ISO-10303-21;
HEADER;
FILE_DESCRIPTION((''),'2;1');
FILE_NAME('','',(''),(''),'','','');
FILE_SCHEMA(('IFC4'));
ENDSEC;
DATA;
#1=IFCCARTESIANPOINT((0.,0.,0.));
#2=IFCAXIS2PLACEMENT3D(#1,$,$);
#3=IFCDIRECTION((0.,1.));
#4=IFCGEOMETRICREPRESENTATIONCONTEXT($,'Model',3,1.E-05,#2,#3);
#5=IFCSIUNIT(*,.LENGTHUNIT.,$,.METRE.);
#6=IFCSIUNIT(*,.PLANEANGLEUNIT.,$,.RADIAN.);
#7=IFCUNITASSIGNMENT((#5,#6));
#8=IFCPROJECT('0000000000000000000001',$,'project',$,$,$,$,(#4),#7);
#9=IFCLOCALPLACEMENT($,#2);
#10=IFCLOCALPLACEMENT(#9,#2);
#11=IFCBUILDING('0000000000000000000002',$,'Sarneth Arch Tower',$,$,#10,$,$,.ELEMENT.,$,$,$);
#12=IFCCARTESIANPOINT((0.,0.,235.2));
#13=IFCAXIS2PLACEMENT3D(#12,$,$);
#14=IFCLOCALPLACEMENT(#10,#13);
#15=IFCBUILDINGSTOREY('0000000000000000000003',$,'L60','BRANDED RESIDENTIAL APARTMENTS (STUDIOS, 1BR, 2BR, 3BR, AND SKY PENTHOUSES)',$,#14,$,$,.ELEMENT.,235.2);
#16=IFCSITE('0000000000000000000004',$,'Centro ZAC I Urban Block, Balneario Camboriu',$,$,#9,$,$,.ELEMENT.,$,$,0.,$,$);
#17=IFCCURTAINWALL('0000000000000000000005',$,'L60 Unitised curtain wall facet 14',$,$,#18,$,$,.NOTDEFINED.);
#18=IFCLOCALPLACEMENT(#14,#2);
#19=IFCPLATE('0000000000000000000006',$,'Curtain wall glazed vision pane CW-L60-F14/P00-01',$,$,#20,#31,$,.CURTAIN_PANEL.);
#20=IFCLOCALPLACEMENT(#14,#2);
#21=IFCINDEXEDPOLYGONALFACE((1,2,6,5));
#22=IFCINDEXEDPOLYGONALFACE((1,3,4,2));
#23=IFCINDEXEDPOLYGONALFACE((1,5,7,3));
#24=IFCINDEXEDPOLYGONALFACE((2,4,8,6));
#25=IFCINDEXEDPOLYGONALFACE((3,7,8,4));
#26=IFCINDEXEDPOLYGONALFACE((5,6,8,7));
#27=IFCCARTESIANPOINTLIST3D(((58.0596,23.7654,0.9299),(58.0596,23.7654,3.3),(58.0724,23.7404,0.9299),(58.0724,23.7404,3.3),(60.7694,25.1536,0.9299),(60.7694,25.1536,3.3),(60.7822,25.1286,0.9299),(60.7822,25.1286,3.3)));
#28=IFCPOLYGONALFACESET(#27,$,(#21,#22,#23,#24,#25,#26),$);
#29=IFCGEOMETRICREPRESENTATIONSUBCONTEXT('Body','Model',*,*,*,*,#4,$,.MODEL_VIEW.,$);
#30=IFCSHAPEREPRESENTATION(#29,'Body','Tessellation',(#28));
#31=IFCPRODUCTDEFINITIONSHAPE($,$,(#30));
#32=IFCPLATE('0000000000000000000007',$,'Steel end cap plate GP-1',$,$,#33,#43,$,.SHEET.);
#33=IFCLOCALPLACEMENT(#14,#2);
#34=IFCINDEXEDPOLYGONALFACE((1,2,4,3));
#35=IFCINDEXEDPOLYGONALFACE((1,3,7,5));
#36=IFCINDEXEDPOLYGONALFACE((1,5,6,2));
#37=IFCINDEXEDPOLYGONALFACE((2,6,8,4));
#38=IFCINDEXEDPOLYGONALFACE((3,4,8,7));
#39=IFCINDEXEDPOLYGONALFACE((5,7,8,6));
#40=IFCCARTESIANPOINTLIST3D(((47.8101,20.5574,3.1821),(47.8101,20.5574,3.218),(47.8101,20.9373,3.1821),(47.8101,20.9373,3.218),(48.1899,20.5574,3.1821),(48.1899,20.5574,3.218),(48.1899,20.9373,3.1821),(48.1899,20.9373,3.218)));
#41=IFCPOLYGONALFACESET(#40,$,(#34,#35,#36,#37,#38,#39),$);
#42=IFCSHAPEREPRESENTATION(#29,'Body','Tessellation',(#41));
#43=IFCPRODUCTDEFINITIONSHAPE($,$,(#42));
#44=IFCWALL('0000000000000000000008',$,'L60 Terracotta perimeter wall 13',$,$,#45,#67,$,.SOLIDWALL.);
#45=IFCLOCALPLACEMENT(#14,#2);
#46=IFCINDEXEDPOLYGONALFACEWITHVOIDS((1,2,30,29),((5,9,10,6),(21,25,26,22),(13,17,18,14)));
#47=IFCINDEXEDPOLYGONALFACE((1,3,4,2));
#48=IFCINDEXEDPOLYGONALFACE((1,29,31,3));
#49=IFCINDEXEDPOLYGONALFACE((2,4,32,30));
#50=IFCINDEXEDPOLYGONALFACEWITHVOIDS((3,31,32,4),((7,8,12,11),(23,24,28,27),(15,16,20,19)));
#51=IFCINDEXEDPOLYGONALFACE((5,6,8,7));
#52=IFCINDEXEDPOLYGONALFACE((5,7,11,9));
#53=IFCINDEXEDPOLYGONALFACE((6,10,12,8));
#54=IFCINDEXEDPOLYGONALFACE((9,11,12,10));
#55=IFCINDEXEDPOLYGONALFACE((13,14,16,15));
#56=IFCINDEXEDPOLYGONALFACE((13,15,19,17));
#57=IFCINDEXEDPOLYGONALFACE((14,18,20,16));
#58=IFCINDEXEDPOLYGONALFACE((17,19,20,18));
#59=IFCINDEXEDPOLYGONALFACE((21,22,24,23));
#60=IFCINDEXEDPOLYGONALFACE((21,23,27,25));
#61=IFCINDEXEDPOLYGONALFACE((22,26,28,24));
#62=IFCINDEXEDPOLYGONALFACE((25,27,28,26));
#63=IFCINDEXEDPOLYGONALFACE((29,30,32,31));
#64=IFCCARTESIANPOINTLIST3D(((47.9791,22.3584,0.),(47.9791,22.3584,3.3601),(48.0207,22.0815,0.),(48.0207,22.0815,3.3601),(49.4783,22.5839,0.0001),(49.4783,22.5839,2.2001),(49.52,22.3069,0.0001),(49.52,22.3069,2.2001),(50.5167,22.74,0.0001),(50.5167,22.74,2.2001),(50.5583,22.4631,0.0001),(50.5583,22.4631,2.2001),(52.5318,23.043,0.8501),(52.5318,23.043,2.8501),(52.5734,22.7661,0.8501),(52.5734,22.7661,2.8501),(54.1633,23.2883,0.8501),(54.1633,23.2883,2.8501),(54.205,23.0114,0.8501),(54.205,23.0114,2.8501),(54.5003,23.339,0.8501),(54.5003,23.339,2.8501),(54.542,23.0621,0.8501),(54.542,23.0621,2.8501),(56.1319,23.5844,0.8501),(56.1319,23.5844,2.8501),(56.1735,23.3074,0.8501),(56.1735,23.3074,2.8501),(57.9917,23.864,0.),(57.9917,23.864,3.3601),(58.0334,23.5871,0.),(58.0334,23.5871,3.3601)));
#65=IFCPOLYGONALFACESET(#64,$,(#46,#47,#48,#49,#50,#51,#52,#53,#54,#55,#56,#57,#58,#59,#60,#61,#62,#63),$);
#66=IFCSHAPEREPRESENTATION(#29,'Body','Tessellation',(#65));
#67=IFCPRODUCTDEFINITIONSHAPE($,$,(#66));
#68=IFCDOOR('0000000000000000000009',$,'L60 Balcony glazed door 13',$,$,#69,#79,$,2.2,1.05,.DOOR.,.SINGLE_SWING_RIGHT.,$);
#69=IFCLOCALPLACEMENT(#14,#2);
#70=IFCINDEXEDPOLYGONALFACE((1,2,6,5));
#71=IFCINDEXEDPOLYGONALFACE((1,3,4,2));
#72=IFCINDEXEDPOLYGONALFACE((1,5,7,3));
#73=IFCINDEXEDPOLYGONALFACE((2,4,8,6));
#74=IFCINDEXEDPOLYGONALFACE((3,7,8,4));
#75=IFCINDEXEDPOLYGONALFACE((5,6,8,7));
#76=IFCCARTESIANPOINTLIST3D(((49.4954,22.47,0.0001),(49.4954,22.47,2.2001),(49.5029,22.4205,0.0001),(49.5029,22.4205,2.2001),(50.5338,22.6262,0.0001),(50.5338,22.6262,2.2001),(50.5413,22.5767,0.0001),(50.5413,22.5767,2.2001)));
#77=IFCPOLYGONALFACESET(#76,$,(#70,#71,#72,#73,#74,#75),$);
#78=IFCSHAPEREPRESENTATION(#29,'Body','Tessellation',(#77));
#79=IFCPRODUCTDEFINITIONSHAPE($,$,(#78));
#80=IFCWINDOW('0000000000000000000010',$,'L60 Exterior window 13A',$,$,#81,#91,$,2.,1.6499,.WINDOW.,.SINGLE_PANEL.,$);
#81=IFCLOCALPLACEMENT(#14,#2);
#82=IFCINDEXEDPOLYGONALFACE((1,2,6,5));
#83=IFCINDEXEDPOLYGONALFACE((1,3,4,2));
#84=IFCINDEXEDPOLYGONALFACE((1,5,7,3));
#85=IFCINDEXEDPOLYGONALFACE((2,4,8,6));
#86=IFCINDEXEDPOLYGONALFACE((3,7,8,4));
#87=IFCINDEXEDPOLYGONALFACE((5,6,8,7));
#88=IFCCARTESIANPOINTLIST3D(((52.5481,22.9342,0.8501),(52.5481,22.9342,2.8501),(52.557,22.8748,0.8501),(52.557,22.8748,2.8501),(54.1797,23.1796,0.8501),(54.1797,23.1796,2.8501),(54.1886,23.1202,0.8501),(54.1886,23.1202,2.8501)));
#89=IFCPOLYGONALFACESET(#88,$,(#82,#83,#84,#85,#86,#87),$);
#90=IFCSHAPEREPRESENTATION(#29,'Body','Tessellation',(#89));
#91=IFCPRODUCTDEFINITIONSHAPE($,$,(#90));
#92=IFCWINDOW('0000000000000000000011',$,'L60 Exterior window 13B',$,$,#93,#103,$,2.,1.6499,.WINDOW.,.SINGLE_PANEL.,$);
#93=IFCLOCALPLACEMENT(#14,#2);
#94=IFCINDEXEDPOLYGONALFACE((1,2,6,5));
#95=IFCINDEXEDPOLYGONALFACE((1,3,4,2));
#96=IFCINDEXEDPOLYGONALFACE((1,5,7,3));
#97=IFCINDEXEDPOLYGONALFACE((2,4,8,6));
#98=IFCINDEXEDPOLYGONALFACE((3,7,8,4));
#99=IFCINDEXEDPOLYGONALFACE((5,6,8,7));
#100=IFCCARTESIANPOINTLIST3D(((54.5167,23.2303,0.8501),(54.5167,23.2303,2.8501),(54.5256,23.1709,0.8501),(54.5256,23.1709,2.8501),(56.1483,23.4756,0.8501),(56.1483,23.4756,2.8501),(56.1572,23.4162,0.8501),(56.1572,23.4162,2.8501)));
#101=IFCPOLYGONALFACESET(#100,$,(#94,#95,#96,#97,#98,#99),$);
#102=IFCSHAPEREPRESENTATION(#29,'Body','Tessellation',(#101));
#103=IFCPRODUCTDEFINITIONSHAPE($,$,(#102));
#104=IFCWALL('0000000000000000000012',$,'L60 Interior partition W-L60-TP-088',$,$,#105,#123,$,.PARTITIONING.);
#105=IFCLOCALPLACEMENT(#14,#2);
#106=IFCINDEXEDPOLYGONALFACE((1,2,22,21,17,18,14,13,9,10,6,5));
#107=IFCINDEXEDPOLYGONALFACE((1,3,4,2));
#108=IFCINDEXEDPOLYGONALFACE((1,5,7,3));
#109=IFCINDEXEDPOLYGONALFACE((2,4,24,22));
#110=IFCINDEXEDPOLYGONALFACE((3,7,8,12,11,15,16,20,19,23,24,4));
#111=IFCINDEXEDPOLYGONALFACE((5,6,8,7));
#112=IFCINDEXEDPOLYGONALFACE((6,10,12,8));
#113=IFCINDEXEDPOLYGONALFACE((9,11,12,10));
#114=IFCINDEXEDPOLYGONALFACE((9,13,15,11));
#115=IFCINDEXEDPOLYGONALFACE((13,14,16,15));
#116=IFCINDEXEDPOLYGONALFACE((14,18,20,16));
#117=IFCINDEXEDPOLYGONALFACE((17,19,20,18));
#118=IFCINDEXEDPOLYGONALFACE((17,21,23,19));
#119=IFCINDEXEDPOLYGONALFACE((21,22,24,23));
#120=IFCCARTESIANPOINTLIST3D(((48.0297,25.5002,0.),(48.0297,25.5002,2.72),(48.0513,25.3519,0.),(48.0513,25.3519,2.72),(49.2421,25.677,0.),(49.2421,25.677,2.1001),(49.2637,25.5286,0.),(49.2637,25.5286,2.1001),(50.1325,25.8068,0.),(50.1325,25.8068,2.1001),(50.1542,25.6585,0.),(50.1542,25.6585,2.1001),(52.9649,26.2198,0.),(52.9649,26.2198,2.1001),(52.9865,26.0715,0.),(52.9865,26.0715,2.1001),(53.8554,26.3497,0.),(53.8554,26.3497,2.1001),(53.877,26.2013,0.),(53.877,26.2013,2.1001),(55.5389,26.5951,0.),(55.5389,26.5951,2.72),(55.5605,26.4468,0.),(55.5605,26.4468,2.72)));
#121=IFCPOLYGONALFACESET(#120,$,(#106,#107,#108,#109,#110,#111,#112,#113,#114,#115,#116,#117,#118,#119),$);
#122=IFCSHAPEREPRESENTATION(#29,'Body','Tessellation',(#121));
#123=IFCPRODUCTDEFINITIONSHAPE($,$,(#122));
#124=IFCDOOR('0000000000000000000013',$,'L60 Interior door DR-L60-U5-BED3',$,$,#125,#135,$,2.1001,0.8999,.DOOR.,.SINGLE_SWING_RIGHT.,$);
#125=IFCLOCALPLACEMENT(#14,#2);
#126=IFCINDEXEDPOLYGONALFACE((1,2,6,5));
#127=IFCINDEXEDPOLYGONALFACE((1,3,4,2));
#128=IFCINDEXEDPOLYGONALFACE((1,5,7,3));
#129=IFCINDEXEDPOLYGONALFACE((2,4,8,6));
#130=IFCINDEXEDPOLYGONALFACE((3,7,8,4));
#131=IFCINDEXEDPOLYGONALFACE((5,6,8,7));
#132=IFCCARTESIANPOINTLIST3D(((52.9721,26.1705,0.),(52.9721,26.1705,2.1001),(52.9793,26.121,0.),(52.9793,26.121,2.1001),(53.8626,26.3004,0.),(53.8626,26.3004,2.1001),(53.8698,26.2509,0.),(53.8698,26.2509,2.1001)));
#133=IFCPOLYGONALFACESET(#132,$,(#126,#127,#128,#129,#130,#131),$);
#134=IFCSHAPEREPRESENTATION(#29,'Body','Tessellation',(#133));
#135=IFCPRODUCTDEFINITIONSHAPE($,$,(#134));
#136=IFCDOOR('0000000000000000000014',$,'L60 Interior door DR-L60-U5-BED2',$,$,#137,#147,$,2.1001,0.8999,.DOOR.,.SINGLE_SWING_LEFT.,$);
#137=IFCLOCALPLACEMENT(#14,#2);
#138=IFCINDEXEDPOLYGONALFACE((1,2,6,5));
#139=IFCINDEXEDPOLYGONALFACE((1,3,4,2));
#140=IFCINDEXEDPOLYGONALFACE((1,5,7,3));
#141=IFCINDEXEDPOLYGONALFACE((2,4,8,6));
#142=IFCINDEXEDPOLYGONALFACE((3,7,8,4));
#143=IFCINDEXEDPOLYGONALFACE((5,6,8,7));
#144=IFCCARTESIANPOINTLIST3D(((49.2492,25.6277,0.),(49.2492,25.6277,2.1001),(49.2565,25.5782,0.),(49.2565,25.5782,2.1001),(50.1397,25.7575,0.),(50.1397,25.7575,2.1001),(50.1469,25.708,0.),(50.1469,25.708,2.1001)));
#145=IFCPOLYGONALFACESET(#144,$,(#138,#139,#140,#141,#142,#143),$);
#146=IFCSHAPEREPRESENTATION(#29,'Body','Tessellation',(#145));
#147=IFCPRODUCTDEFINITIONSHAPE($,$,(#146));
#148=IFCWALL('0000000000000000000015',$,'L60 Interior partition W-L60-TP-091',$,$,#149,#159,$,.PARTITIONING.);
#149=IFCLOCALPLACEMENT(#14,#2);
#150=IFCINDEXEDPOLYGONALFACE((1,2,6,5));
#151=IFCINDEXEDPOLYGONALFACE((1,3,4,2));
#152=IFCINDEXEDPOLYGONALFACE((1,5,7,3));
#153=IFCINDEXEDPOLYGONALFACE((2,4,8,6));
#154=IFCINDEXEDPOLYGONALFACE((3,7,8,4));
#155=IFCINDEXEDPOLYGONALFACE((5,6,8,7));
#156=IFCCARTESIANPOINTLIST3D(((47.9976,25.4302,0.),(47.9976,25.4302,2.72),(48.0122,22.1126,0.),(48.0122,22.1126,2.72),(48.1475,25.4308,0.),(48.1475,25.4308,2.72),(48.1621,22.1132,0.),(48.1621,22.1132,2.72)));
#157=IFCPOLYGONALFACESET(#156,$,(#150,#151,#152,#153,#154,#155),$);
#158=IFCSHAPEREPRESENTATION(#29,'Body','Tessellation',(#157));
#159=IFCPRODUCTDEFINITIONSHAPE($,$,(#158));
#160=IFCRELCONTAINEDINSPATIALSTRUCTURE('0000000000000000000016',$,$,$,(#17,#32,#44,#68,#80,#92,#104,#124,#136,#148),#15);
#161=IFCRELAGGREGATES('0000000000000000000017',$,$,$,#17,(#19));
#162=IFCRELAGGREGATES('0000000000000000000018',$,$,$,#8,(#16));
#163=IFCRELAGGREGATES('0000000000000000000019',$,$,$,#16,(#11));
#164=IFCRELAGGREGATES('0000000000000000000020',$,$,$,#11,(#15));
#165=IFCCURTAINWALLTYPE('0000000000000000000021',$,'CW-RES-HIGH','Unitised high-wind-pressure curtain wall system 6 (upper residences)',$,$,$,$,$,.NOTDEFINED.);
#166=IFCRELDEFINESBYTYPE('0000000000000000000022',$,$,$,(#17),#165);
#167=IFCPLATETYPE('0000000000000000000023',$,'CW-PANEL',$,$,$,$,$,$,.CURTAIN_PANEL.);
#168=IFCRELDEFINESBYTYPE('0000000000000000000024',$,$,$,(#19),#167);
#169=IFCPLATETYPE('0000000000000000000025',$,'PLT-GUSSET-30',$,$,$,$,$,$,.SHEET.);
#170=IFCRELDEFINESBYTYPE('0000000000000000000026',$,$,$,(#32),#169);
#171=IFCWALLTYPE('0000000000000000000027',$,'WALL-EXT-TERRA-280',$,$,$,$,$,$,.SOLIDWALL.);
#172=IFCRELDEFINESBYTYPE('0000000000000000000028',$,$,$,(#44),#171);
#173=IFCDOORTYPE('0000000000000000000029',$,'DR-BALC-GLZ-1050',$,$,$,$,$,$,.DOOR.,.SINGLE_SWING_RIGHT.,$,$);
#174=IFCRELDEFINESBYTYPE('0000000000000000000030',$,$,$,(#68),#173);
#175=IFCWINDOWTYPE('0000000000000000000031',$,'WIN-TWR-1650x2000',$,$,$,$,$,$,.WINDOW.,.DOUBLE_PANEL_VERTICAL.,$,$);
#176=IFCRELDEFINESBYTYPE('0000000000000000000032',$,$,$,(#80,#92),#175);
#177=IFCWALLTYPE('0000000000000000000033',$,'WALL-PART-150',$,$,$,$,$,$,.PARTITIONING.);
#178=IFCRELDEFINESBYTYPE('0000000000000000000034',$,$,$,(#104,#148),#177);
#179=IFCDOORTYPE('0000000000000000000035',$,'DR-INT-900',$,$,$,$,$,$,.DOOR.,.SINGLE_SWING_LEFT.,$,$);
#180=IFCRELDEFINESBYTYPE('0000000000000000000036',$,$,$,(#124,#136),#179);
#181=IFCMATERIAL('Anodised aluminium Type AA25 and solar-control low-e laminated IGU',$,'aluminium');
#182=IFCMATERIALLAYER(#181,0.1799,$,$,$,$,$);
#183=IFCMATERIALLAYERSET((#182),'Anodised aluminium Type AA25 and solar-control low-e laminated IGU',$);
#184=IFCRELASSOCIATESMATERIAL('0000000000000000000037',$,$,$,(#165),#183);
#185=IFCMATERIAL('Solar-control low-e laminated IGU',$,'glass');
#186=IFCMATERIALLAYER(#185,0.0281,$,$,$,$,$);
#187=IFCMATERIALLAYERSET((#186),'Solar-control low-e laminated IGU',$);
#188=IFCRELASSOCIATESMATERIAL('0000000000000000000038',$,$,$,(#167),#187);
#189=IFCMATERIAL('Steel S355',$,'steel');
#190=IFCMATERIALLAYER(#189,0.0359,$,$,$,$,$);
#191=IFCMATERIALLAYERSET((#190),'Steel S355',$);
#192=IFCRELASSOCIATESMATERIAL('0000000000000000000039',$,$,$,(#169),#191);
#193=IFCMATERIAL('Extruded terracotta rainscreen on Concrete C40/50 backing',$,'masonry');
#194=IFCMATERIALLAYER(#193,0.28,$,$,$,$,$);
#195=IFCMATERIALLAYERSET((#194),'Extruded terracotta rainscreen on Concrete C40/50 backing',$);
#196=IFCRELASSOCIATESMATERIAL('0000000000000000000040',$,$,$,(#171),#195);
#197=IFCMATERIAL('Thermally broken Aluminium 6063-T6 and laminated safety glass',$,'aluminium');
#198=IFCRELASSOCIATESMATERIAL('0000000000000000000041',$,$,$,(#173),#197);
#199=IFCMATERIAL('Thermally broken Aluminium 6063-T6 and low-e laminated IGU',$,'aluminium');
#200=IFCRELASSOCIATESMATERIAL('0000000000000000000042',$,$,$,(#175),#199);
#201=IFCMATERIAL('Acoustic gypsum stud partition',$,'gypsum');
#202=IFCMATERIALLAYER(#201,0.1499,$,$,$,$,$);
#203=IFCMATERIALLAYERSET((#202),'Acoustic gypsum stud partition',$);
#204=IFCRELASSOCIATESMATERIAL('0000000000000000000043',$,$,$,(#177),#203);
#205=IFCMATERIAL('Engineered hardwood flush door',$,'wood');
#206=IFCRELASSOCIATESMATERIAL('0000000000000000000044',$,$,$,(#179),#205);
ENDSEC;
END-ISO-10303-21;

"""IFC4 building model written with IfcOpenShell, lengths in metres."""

from ifc_helpers import new_model, si_unit, direction, frame, frame_2d, origin, origin_2d, place, context, subcontext, project, spatial, rectangle, extrude, material, layer, layer_set, type_object, element, fill, aggregate, save


model = new_model("IFC4")

# Units and contexts
model_context = context("Model", 3, precision=1e-05, world=origin(), true_north=direction((0.0, 1.0)))
body_context = subcontext(model_context, "Body", "Model", "MODEL_VIEW")
ifc_project = project(units=[si_unit("LENGTHUNIT", "METRE"), si_unit("PLANEANGLEUNIT", "RADIAN")], contexts=[model_context])

# Site, building, storey
site_placement = place(None, origin())
site = spatial("IfcSite", under=ifc_project, at=site_placement, Name="Centro ZAC I Urban Block, Balneario Camboriu", CompositionType="ELEMENT", RefElevation=0.0)
building_placement = place(site_placement, origin())
building = spatial("IfcBuilding", under=site, at=building_placement, Name="Sarneth Arch Tower", CompositionType="ELEMENT")
storey_placement = place(building_placement, frame((0.0, 0.0, 235.2)))
storey = spatial("IfcBuildingStorey", under=building, at=storey_placement, Name="L60", Description="BRANDED RESIDENTIAL APARTMENTS (STUDIOS, 1BR, 2BR, 3BR, AND SKY PENTHOUSES)", CompositionType="ELEMENT", Elevation=235.2)

# Curtain wall, plate
ifc_material_1 = material(Name="Anodised aluminium Type AA25 and solar-control low-e laminated IGU", Category="aluminium")
ifc_layer_1 = layer(ifc_material_1, 0.1799)
ifc_layer_set_1 = layer_set([ifc_layer_1], Name="Anodised aluminium Type AA25 and solar-control low-e laminated IGU")
curtain_wall_type = type_object("IfcCurtainWallType", Name="CW-RES-HIGH", Description="Unitised high-wind-pressure curtain wall system 6 (upper residences)", PredefinedType="NOTDEFINED", material=ifc_layer_set_1)
curtain_wall_placement = place(storey_placement, origin())
curtain_wall = element("IfcCurtainWall", 1, at=curtain_wall_placement, inside=storey, type_object=curtain_wall_type, Name="L60 Unitised curtain wall facet 14", PredefinedType="NOTDEFINED")
ifc_material_2 = material(Name="Solar-control low-e laminated IGU", Category="glass")
ifc_layer_2 = layer(ifc_material_2, 0.0281)
ifc_layer_set_2 = layer_set([ifc_layer_2], Name="Solar-control low-e laminated IGU")
plate_type_1 = type_object("IfcPlateType", Name="CW-PANEL", PredefinedType="CURTAIN_PANEL", material=ifc_layer_set_2)
plate_1_placement = place(storey_placement, frame((59.4209, 24.447, 0.9299), z_axis=(0.0, 0.0, 1.0), x_axis=(0.89001, 0.455942, 0.0)))
plate_1 = element("IfcPlate", 2, at=plate_1_placement, type_object=plate_type_1, Name="Curtain wall glazed vision pane CW-L60-F14/P00-01", PredefinedType="CURTAIN_PANEL", context=body_context, shape_type="SweptSolid", body=[
    extrude(rectangle(XDim=3.0447, YDim=0.0281, at=origin_2d()), origin(), (0.0, 0.0, 1.0), 2.3701),
])
aggregate(curtain_wall, [plate_1])

# Plate
ifc_material_3 = material(Name="Steel S355", Category="steel")
ifc_layer_3 = layer(ifc_material_3, 0.0359)
ifc_layer_set_3 = layer_set([ifc_layer_3], Name="Steel S355")
plate_type_2 = type_object("IfcPlateType", Name="PLT-GUSSET-30", PredefinedType="SHEET", material=ifc_layer_set_3)
plate_2_placement = place(storey_placement, frame((48.0, 20.7473, 3.1821), z_axis=(0.0, 0.0, 1.0), x_axis=(0.0, -1.0, 0.0)))
element("IfcPlate", 3, at=plate_2_placement, inside=storey, type_object=plate_type_2, Name="Steel end cap plate GP-1", PredefinedType="SHEET", context=body_context, shape_type="SweptSolid", body=[
    extrude(rectangle(XDim=0.3799, YDim=0.3799, at=origin_2d()), origin(), (0.0, 0.0, 1.0), 0.0359),
])

# Wall, openings, door, windows
ifc_material_4 = material(Name="Extruded terracotta rainscreen on Concrete C40/50 backing", Category="masonry")
ifc_layer_4 = layer(ifc_material_4, 0.28)
ifc_layer_set_4 = layer_set([ifc_layer_4], Name="Extruded terracotta rainscreen on Concrete C40/50 backing")
wall_type_1 = type_object("IfcWallType", Name="WALL-EXT-TERRA-280", PredefinedType="SOLIDWALL", material=ifc_layer_set_4)
wall_1_placement = place(storey_placement, frame((48.0, 22.22, 0.0), z_axis=(0.0, 0.0, 1.0), x_axis=(0.988883, 0.148699, 0.0)))
wall_1 = element("IfcWall", 4, at=wall_1_placement, inside=storey, type_object=wall_type_1, Name="L60 Terracotta perimeter wall 13", PredefinedType="SOLIDWALL", context=body_context, shape_type="SweptSolid", body=[
    extrude(rectangle(XDim=10.1252, YDim=0.28, at=frame_2d((5.0625, 0.0))), origin(), (0.0, 0.0, 1.0), 3.3601),
])
opening_1_placement = place(wall_1_placement, frame((1.5161, 0.0, 0.0)))
opening_1 = element("IfcOpeningElement", 5, at=opening_1_placement, cuts=wall_1, PredefinedType="OPENING", context=body_context, shape_type="SweptSolid", body=[
    extrude(rectangle(XDim=1.05, YDim=2.2, at=frame_2d((0.5249, 1.1001))), frame((0.0, 0.1499, 0.0), z_axis=(0.0, -1.0, 0.0), x_axis=(1.0, 0.0, 0.0)), (0.0, 0.0, 1.0), 0.3),
])
opening_2_placement = place(wall_1_placement, frame((4.6038, 0.0, 0.8501)))
opening_2 = element("IfcOpeningElement", 6, at=opening_2_placement, cuts=wall_1, PredefinedType="OPENING", context=body_context, shape_type="SweptSolid", body=[
    extrude(rectangle(XDim=1.6499, YDim=2.0, at=frame_2d((0.825, 1.0))), frame((0.0, 0.1499, 0.0), z_axis=(0.0, -1.0, 0.0), x_axis=(1.0, 0.0, 0.0)), (0.0, 0.0, 1.0), 0.3),
])
opening_3_placement = place(wall_1_placement, frame((6.5945, 0.0, 0.8501)))
opening_3 = element("IfcOpeningElement", 7, at=opening_3_placement, cuts=wall_1, PredefinedType="OPENING", context=body_context, shape_type="SweptSolid", body=[
    extrude(rectangle(XDim=1.6499, YDim=2.0, at=frame_2d((0.825, 1.0))), frame((0.0, 0.1499, 0.0), z_axis=(0.0, -1.0, 0.0), x_axis=(1.0, 0.0, 0.0)), (0.0, 0.0, 1.0), 0.3),
])
ifc_material_5 = material(Name="Thermally broken Aluminium 6063-T6 and laminated safety glass", Category="aluminium")
door_type_1 = type_object("IfcDoorType", Name="DR-BALC-GLZ-1050", OperationType="SINGLE_SWING_RIGHT", PredefinedType="DOOR", material=ifc_material_5)
door_1_placement = place(opening_1_placement, origin())
door_1 = element("IfcDoor", 8, at=door_1_placement, inside=storey, type_object=door_type_1, Name="L60 Balcony glazed door 13", OperationType="SINGLE_SWING_RIGHT", OverallHeight=2.2, OverallWidth=1.05, PredefinedType="DOOR", context=body_context, shape_type="SweptSolid", body=[
    extrude(rectangle(XDim=1.05, YDim=2.2, at=frame_2d((0.5249, 1.1001))), frame((0.0, 0.0249, 0.0), z_axis=(0.0, -1.0, 0.0), x_axis=(1.0, 0.0, 0.0)), (0.0, 0.0, 1.0), 0.05),
])
fill(opening_1, door_1)
ifc_material_6 = material(Name="Thermally broken Aluminium 6063-T6 and low-e laminated IGU", Category="aluminium")
window_type = type_object("IfcWindowType", Name="WIN-TWR-1650x2000", PartitioningType="DOUBLE_PANEL_VERTICAL", PredefinedType="WINDOW", material=ifc_material_6)
window_1_placement = place(opening_2_placement, origin())
window_1 = element("IfcWindow", 9, at=window_1_placement, inside=storey, type_object=window_type, Name="L60 Exterior window 13A", OverallHeight=2.0, OverallWidth=1.6499, PartitioningType="SINGLE_PANEL", PredefinedType="WINDOW", context=body_context, shape_type="SweptSolid", body=[
    extrude(rectangle(XDim=1.6499, YDim=2.0, at=frame_2d((0.825, 1.0))), frame((0.0, 0.03, 0.0), z_axis=(0.0, -1.0, 0.0), x_axis=(1.0, 0.0, 0.0)), (0.0, 0.0, 1.0), 0.0601),
])
fill(opening_2, window_1)
window_2_placement = place(opening_3_placement, origin())
window_2 = element("IfcWindow", 10, at=window_2_placement, inside=storey, type_object=window_type, Name="L60 Exterior window 13B", OverallHeight=2.0, OverallWidth=1.6499, PartitioningType="SINGLE_PANEL", PredefinedType="WINDOW", context=body_context, shape_type="SweptSolid", body=[
    extrude(rectangle(XDim=1.6499, YDim=2.0, at=frame_2d((0.825, 1.0))), frame((0.0, 0.03, 0.0), z_axis=(0.0, -1.0, 0.0), x_axis=(1.0, 0.0, 0.0)), (0.0, 0.0, 1.0), 0.0601),
])
fill(opening_3, window_2)

# Wall, openings, doors
ifc_material_7 = material(Name="Acoustic gypsum stud partition", Category="gypsum")
ifc_layer_5 = layer(ifc_material_7, 0.1499)
ifc_layer_set_5 = layer_set([ifc_layer_5], Name="Acoustic gypsum stud partition")
wall_type_2 = type_object("IfcWallType", Name="WALL-PART-150", PredefinedType="PARTITIONING", material=ifc_layer_set_5)
wall_2_placement = place(storey_placement, frame((55.5498, 26.521, 0.0), z_axis=(0.0, 0.0, 1.0), x_axis=(-0.989535, -0.14429, 0.0)))
wall_2 = element("IfcWall", 11, at=wall_2_placement, inside=storey, type_object=wall_type_2, Name="L60 Interior partition W-L60-TP-088", PredefinedType="PARTITIONING", context=body_context, shape_type="SweptSolid", body=[
    extrude(rectangle(XDim=7.5886, YDim=0.1499, at=frame_2d((3.7944, 0.0))), origin(), (0.0, 0.0, 1.0), 2.72),
])
opening_4_placement = place(wall_2_placement, frame((1.7014, 0.0, 0.0)))
opening_4 = element("IfcOpeningElement", 12, at=opening_4_placement, cuts=wall_2, PredefinedType="OPENING", context=body_context, shape_type="SweptSolid", body=[
    extrude(rectangle(XDim=0.8999, YDim=2.1001, at=frame_2d((0.45, 1.05))), frame((0.0, 0.085, 0.0), z_axis=(0.0, -1.0, 0.0), x_axis=(1.0, 0.0, 0.0)), (0.0, 0.0, 1.0), 0.1699),
])
opening_5_placement = place(wall_2_placement, frame((5.4636, 0.0, 0.0)))
opening_5 = element("IfcOpeningElement", 13, at=opening_5_placement, cuts=wall_2, PredefinedType="OPENING", context=body_context, shape_type="SweptSolid", body=[
    extrude(rectangle(XDim=0.8999, YDim=2.1001, at=frame_2d((0.45, 1.05))), frame((0.0, 0.085, 0.0), z_axis=(0.0, -1.0, 0.0), x_axis=(1.0, 0.0, 0.0)), (0.0, 0.0, 1.0), 0.1699),
])
ifc_material_8 = material(Name="Engineered hardwood flush door", Category="wood")
door_type_2 = type_object("IfcDoorType", Name="DR-INT-900", OperationType="SINGLE_SWING_LEFT", PredefinedType="DOOR", material=ifc_material_8)
door_2_placement = place(opening_4_placement, origin())
door_2 = element("IfcDoor", 14, at=door_2_placement, inside=storey, type_object=door_type_2, Name="L60 Interior door DR-L60-U5-BED3", OperationType="SINGLE_SWING_RIGHT", OverallHeight=2.1001, OverallWidth=0.8999, PredefinedType="DOOR", context=body_context, shape_type="SweptSolid", body=[
    extrude(rectangle(XDim=0.8999, YDim=2.1001, at=frame_2d((0.45, 1.05))), frame((0.0, 0.0249, 0.0), z_axis=(0.0, -1.0, 0.0), x_axis=(1.0, 0.0, 0.0)), (0.0, 0.0, 1.0), 0.05),
])
fill(opening_4, door_2)
door_3_placement = place(opening_5_placement, origin())
door_3 = element("IfcDoor", 15, at=door_3_placement, inside=storey, type_object=door_type_2, Name="L60 Interior door DR-L60-U5-BED2", OperationType="SINGLE_SWING_LEFT", OverallHeight=2.1001, OverallWidth=0.8999, PredefinedType="DOOR", context=body_context, shape_type="SweptSolid", body=[
    extrude(rectangle(XDim=0.8999, YDim=2.1001, at=frame_2d((0.45, 1.05))), frame((0.0, 0.0249, 0.0), z_axis=(0.0, -1.0, 0.0), x_axis=(1.0, 0.0, 0.0)), (0.0, 0.0, 1.0), 0.05),
])
fill(opening_5, door_3)

# Wall
wall_3_placement = place(storey_placement, frame((48.0872, 22.113, 0.0), z_axis=(0.0, 0.0, 1.0), x_axis=(-0.004415, 0.99999, 0.0)))
element("IfcWall", 16, at=wall_3_placement, inside=storey, type_object=wall_type_2, Name="L60 Interior partition W-L60-TP-091", PredefinedType="PARTITIONING", context=body_context, shape_type="SweptSolid", body=[
    extrude(rectangle(XDim=3.3176, YDim=0.1499, at=frame_2d((1.6587, 0.0))), origin(), (0.0, 0.0, 1.0), 2.72),
])

save(model, "model.ifc")
